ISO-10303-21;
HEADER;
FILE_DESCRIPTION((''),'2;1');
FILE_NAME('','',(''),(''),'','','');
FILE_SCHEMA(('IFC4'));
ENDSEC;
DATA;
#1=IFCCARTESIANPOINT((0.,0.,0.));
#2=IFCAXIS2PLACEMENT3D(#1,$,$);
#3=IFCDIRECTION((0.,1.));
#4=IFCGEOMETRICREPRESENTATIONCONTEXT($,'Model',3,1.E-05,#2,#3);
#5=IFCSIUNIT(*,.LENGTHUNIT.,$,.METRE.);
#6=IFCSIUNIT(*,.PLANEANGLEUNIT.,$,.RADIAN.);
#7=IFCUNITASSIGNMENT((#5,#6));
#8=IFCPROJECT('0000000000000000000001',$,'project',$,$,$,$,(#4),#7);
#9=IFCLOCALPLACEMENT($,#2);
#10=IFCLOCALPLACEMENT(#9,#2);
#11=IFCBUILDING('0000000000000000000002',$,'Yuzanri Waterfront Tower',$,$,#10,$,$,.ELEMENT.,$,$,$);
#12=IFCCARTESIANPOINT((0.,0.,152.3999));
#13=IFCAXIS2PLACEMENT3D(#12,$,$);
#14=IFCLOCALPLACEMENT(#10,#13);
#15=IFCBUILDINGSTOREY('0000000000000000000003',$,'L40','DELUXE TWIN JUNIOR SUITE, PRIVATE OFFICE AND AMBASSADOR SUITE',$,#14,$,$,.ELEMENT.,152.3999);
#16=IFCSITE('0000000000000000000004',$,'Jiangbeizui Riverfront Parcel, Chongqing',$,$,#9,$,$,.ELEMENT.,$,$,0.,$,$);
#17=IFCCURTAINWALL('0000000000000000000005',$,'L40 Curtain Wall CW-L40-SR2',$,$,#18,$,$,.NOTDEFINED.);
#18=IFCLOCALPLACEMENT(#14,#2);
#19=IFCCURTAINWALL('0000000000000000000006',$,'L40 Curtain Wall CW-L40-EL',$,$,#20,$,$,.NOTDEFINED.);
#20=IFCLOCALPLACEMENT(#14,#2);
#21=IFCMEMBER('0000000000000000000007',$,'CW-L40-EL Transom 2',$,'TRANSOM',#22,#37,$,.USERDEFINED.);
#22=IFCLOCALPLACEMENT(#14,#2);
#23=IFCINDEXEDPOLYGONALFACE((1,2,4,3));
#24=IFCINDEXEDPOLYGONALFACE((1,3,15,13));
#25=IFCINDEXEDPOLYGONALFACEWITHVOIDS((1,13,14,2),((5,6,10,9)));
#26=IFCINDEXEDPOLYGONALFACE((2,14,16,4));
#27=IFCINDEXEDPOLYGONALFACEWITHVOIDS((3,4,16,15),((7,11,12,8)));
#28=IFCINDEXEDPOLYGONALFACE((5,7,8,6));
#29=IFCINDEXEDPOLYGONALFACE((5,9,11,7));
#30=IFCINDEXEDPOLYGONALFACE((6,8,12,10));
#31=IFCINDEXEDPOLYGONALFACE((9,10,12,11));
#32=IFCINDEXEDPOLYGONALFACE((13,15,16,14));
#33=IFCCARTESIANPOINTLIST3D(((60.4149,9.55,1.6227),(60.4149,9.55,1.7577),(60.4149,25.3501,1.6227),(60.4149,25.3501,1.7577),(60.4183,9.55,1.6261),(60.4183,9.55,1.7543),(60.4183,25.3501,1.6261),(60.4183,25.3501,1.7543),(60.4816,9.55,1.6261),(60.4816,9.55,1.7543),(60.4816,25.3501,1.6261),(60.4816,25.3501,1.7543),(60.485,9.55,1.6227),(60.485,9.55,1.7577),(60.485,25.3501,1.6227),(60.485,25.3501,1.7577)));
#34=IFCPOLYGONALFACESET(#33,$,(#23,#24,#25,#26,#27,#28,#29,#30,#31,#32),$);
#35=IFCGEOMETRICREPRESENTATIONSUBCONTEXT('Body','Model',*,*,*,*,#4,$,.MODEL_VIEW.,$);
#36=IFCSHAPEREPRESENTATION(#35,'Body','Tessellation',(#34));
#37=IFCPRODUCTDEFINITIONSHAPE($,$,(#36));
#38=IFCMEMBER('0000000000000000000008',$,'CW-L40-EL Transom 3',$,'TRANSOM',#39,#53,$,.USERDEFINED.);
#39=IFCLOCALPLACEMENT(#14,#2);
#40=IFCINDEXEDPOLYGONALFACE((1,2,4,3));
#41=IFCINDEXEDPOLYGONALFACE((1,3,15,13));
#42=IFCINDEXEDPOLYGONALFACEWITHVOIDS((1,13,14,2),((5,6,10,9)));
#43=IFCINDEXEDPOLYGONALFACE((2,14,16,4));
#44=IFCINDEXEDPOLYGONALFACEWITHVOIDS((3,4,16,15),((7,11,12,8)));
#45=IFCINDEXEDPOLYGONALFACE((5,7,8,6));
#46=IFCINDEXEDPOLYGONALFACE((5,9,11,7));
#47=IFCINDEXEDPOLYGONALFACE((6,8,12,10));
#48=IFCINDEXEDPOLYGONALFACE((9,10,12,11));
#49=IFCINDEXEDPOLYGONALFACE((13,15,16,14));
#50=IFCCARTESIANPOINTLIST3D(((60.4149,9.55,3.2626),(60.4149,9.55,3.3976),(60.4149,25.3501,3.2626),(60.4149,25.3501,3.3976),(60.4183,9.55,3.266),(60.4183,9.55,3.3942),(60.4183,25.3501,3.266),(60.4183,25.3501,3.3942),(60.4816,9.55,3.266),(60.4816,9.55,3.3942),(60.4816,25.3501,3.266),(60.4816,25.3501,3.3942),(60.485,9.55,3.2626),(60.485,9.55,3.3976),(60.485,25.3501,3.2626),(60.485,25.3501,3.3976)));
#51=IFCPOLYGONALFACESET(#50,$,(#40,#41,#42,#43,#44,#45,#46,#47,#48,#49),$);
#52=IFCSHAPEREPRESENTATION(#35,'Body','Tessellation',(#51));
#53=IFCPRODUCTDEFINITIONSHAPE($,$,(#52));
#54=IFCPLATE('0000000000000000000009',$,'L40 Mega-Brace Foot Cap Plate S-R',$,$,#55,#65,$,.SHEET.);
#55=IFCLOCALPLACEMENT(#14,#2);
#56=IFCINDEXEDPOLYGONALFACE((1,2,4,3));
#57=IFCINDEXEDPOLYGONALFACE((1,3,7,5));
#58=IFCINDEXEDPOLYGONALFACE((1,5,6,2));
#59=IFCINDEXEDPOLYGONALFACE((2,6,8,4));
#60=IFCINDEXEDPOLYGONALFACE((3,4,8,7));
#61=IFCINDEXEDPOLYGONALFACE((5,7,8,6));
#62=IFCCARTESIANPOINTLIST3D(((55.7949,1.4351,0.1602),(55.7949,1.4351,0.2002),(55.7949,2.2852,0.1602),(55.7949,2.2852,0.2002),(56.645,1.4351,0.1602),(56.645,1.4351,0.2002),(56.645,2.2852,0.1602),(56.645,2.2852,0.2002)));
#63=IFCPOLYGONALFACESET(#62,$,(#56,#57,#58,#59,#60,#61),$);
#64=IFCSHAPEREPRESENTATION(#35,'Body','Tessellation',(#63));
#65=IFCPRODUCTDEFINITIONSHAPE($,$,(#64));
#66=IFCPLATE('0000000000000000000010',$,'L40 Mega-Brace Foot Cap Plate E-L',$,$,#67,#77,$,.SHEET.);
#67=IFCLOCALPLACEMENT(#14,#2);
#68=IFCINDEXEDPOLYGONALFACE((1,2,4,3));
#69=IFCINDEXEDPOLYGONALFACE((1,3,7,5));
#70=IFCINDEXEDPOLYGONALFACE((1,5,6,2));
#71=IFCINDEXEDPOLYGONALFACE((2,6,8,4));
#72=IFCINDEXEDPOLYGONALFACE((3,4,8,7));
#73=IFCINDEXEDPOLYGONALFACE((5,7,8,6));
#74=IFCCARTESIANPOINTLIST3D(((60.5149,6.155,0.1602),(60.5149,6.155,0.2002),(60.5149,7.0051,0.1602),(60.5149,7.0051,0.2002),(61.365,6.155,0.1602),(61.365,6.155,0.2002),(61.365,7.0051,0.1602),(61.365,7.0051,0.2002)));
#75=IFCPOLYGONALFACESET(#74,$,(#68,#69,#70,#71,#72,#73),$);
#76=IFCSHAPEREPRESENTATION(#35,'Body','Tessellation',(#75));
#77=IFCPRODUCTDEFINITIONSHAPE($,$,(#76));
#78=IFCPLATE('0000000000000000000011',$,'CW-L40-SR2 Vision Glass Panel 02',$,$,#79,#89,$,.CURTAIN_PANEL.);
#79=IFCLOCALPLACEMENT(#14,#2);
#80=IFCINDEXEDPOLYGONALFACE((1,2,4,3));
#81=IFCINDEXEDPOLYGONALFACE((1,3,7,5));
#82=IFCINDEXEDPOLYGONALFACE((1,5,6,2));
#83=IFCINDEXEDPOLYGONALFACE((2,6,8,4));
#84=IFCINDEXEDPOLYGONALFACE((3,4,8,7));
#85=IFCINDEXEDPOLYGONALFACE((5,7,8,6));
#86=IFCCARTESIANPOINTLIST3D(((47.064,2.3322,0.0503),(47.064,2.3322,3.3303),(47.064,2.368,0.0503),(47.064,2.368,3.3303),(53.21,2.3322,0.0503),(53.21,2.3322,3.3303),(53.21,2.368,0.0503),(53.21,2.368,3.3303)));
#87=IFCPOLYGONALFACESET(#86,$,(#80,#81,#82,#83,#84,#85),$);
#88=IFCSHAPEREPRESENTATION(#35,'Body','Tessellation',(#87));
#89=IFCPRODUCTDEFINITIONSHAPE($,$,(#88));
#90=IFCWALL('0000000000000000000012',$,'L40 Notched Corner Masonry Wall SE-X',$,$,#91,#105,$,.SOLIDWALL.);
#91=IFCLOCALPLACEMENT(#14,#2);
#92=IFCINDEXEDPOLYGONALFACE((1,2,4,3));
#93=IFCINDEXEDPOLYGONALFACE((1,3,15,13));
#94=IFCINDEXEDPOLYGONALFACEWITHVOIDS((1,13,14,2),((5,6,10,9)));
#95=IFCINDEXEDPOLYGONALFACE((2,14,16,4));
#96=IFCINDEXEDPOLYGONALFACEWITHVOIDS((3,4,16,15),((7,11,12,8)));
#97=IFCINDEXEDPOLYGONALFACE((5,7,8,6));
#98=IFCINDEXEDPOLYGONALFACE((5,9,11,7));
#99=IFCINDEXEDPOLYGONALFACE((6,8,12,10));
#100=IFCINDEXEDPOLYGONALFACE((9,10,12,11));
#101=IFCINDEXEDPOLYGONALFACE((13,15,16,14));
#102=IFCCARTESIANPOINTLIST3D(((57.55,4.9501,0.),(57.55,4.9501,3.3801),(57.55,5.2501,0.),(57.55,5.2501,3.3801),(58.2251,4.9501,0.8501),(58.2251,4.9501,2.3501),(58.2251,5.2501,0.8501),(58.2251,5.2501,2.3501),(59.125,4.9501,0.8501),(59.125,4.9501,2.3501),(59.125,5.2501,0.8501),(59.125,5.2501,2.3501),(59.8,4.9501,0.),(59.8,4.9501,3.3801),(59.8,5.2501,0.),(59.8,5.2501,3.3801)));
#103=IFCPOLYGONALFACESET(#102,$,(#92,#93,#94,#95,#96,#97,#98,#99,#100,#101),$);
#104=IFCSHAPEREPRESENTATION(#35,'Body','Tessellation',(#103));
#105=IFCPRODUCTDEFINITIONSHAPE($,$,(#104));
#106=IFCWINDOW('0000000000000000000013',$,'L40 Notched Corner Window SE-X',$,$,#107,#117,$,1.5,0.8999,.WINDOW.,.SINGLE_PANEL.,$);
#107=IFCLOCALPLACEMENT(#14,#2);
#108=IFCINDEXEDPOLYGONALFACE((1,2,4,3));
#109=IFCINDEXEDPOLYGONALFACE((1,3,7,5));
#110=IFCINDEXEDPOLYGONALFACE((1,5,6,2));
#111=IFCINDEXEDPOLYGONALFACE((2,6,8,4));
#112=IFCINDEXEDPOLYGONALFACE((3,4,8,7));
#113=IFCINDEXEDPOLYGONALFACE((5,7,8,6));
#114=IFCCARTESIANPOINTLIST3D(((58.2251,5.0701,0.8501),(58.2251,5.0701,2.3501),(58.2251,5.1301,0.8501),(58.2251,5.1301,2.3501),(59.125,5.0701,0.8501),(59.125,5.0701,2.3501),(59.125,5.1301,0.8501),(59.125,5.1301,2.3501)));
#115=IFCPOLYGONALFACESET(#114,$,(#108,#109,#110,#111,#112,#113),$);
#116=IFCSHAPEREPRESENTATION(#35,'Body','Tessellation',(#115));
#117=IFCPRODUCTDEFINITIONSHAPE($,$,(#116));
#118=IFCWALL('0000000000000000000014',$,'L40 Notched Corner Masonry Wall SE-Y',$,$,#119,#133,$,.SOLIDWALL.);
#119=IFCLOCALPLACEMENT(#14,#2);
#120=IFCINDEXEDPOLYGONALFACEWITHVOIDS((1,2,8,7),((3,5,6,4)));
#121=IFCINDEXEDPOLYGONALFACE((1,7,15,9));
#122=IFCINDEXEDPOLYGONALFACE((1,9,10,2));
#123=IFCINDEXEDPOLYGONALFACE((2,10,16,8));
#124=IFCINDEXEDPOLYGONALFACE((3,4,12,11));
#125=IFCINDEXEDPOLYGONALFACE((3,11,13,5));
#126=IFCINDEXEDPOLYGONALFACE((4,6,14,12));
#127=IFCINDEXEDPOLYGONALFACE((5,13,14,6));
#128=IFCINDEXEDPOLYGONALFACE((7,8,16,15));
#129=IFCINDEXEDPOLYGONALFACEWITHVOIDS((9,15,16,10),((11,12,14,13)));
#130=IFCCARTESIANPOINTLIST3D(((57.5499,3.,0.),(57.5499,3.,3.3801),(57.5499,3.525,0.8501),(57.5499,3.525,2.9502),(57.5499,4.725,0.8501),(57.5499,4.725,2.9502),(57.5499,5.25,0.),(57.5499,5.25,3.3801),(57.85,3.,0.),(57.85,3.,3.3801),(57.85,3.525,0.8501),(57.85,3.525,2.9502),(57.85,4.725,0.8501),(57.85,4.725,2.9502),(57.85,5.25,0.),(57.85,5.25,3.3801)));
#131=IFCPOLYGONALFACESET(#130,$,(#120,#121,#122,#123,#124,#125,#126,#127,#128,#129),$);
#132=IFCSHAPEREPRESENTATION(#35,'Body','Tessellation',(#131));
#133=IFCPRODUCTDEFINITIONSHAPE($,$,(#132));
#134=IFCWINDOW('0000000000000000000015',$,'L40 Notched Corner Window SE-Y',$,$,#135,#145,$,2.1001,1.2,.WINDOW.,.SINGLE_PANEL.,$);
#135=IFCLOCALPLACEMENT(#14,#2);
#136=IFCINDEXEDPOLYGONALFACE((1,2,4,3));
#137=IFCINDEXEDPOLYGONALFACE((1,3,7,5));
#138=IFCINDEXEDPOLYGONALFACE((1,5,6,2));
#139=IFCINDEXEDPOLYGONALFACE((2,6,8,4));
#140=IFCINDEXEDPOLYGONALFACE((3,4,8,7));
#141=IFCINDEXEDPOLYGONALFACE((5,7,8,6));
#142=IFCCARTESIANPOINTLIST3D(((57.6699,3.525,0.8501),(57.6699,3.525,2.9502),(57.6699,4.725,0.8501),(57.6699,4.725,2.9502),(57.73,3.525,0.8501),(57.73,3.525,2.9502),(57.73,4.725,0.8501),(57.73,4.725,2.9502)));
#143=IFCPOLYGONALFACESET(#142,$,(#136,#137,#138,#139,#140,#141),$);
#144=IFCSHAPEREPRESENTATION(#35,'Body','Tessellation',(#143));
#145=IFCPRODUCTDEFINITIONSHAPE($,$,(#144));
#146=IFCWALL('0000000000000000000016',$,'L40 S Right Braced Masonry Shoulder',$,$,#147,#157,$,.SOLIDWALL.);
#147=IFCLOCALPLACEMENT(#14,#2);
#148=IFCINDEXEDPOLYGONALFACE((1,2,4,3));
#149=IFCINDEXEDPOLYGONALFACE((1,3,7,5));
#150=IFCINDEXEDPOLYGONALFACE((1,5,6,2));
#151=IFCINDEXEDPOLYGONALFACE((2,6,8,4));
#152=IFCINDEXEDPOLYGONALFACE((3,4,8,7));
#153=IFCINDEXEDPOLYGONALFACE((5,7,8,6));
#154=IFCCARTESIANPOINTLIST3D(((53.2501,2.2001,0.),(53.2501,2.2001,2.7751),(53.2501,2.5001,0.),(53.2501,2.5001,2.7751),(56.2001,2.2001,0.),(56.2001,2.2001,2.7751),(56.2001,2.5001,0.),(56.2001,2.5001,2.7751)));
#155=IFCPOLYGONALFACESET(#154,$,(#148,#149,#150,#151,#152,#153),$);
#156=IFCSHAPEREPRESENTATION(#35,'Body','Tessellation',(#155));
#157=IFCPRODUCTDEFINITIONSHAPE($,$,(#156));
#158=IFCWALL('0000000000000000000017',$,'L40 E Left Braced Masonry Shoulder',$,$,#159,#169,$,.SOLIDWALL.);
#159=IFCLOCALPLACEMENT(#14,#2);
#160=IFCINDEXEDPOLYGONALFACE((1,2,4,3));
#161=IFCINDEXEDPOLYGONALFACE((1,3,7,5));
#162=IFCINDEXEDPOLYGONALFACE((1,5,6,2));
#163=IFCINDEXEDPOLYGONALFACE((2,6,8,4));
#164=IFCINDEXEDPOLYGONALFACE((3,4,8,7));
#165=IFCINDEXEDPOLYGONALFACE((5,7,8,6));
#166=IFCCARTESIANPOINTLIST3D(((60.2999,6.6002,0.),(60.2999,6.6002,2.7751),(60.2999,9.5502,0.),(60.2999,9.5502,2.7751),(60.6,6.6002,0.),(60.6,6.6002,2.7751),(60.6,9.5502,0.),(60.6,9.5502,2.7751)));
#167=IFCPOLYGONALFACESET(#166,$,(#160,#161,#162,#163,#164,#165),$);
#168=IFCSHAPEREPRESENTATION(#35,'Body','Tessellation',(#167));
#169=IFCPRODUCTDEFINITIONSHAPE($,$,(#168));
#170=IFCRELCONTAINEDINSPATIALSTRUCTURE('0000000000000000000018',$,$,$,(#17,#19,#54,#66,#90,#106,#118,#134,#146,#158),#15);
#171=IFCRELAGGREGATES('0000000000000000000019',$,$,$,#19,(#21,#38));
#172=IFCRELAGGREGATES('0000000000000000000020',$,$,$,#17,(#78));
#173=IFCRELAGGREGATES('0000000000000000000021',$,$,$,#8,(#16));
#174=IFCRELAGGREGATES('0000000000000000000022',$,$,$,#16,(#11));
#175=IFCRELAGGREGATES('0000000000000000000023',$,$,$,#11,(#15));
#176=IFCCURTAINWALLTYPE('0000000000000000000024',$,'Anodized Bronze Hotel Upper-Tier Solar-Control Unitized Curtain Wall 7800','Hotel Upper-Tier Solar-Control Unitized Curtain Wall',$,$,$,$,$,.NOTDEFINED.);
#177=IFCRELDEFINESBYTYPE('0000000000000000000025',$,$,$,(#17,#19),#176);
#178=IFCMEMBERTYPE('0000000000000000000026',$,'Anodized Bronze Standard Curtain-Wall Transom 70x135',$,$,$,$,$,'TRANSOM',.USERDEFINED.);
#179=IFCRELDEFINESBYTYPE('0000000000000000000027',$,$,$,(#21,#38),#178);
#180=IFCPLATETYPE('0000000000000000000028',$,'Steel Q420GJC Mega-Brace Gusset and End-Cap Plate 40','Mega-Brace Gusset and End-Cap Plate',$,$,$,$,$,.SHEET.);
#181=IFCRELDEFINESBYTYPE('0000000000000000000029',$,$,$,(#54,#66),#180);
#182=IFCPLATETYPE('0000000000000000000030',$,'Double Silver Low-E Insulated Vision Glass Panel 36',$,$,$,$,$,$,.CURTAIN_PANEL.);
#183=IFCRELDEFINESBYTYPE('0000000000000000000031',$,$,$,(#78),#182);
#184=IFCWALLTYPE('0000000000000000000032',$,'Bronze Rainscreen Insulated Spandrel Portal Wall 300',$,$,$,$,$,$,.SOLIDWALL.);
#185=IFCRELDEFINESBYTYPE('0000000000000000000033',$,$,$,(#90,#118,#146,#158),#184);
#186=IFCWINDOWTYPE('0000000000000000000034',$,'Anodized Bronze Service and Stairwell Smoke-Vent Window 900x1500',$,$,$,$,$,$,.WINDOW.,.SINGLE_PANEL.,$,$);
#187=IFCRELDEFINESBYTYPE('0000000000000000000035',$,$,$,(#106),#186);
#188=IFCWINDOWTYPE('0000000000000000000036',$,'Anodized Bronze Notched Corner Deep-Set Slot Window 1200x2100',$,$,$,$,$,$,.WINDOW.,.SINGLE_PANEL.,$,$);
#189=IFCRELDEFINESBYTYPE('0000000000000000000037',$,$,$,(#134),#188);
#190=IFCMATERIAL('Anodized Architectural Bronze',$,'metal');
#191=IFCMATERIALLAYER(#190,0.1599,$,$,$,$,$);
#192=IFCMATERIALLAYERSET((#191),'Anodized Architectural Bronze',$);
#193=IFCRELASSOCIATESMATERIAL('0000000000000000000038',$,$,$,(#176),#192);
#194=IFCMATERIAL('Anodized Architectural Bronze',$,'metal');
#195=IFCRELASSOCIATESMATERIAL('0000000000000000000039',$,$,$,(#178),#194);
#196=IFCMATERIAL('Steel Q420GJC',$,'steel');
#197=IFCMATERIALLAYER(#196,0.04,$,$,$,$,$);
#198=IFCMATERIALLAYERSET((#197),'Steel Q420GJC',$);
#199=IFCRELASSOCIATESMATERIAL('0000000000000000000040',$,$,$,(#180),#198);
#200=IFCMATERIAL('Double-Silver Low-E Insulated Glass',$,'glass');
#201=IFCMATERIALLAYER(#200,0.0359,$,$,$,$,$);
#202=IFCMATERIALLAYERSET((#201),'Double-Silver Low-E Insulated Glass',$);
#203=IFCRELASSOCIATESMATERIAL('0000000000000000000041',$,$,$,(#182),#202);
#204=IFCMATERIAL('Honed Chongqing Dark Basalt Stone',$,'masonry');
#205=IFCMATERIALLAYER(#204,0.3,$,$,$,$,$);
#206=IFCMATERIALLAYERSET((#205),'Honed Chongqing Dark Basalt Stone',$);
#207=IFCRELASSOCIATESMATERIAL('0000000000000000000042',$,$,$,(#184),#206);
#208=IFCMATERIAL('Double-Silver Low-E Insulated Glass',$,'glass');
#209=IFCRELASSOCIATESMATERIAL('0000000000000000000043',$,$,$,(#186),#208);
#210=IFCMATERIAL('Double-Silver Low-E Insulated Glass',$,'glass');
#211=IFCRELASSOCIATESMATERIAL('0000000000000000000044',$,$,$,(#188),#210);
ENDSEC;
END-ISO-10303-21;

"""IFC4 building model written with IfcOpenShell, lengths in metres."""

from ifc_helpers import new_model, si_unit, direction, frame, frame_2d, origin, origin_2d, place, context, subcontext, project, spatial, rectangle, hollow_rectangle, extrude, source, transform, mapped, material, layer, layer_set, material_profile, profile_set, type_object, element, fill, aggregate, save


model = new_model("IFC4")

# Units and contexts
model_context = context("Model", 3, precision=1e-05, world=origin(), true_north=direction((0.0, 1.0)))
body_context = subcontext(model_context, "Body", "Model", "MODEL_VIEW")
ifc_project = project(units=[si_unit("LENGTHUNIT", "METRE"), si_unit("PLANEANGLEUNIT", "RADIAN")], contexts=[model_context])

# Site, building, storey
site_placement = place(None, origin())
site = spatial("IfcSite", under=ifc_project, at=site_placement, Name="Jiangbeizui Riverfront Parcel, Chongqing", CompositionType="ELEMENT", RefElevation=0.0)
building_placement = place(site_placement, origin())
building = spatial("IfcBuilding", under=site, at=building_placement, Name="Yuzanri Waterfront Tower", CompositionType="ELEMENT")
storey_placement = place(building_placement, frame((0.0, 0.0, 152.3999)))
storey = spatial("IfcBuildingStorey", under=building, at=storey_placement, Name="L40", Description="DELUXE TWIN JUNIOR SUITE, PRIVATE OFFICE AND AMBASSADOR SUITE", CompositionType="ELEMENT", Elevation=152.3999)

# Curtain walls, members
ifc_material_1 = material(Name="Anodized Architectural Bronze", Category="metal")
ifc_layer_1 = layer(ifc_material_1, 0.1599)
ifc_layer_set_1 = layer_set([ifc_layer_1], Name="Anodized Architectural Bronze")
curtain_wall_type = type_object("IfcCurtainWallType", Name="Anodized Bronze Hotel Upper-Tier Solar-Control Unitized Curtain Wall 7800", Description="Hotel Upper-Tier Solar-Control Unitized Curtain Wall", PredefinedType="NOTDEFINED", material=ifc_layer_set_1)
curtain_wall_1_placement = place(storey_placement, origin())
curtain_wall_1 = element("IfcCurtainWall", 1, at=curtain_wall_1_placement, inside=storey, type_object=curtain_wall_type, Name="L40 Curtain Wall CW-L40-SR2", PredefinedType="NOTDEFINED")
curtain_wall_2_placement = place(storey_placement, origin())
curtain_wall_2 = element("IfcCurtainWall", 2, at=curtain_wall_2_placement, inside=storey, type_object=curtain_wall_type, Name="L40 Curtain Wall CW-L40-EL", PredefinedType="NOTDEFINED")
ifc_material_2 = material(Name="Anodized Architectural Bronze", Category="metal")
ifc_material_profile_1 = material_profile(ifc_material_2, hollow_rectangle(XDim=0.0701, YDim=0.135, WallThickness=0.0034, at=origin_2d()), Name="CWT 70x135")
ifc_profile_set_1 = profile_set([ifc_material_profile_1], Name="Anodized Architectural Bronze")
member_type_1 = type_object("IfcMemberType", Name="Anodized Bronze Standard Curtain-Wall Transom 70x135", ElementType="TRANSOM", PredefinedType="USERDEFINED", material=ifc_profile_set_1)
shared_shape_1 = source(origin(), body_context, "Body", "SweptSolid", [
    extrude(hollow_rectangle(XDim=0.0701, YDim=0.135, WallThickness=0.0034, at=origin_2d()), origin(), (0.0, 0.0, 1.0), 15.8),
])
member_1_placement = place(storey_placement, frame((60.45, 9.55, 1.6902), z_axis=(0.0, 1.0, 0.0), x_axis=(-1.0, 0.0, 0.0)))
member_1 = element("IfcMember", 3, at=member_1_placement, type_object=member_type_1, Name="CW-L40-EL Transom 2", ObjectType="TRANSOM", PredefinedType="USERDEFINED", context=body_context, shape_type="MappedRepresentation", body=[
    mapped(shared_shape_1, transform((0.0, 0.0, 0.0), scale=1.0)),
])
member_2_placement = place(storey_placement, frame((60.45, 9.55, 3.3301), z_axis=(0.0, 1.0, 0.0), x_axis=(-1.0, 0.0, 0.0)))
member_2 = element("IfcMember", 4, at=member_2_placement, type_object=member_type_1, Name="CW-L40-EL Transom 3", ObjectType="TRANSOM", PredefinedType="USERDEFINED", context=body_context, shape_type="MappedRepresentation", body=[
    mapped(shared_shape_1, transform((0.0, 0.0, 0.0), scale=1.0)),
])
aggregate(curtain_wall_2, [member_1, member_2])

# Plates
ifc_material_3 = material(Name="Steel Q420GJC", Category="steel")
ifc_layer_2 = layer(ifc_material_3, 0.04)
ifc_layer_set_2 = layer_set([ifc_layer_2], Name="Steel Q420GJC")
plate_type_1 = type_object("IfcPlateType", Name="Steel Q420GJC Mega-Brace Gusset and End-Cap Plate 40", Description="Mega-Brace Gusset and End-Cap Plate", PredefinedType="SHEET", material=ifc_layer_set_2)
shared_shape_2 = source(origin(), body_context, "Body", "SweptSolid", [
    extrude(rectangle(XDim=0.8501, YDim=0.8501, at=origin_2d()), origin(), (0.0, 0.0, 1.0), 0.04),
])
for number, where, z_axis, x_axis, name in (
    (5, (56.22, 1.8601, 0.1602), (0.0, 0.0, 1.0), (1.0, 0.0, 0.0), "L40 Mega-Brace Foot Cap Plate S-R"),
    (6, (60.9399, 6.5801, 0.1602), (0.0, 0.0, 1.0), (1.0, 0.0, 0.0), "L40 Mega-Brace Foot Cap Plate E-L"),
):
    element("IfcPlate", number, at=place(storey_placement, frame(where, z_axis=z_axis, x_axis=x_axis)), inside=storey, type_object=plate_type_1, Name=name, PredefinedType="SHEET", context=body_context, shape_type="MappedRepresentation", body=[
        mapped(shared_shape_2, transform((0.0, 0.0, 0.0), scale=1.0)),
    ])

# Plate
ifc_material_4 = material(Name="Double-Silver Low-E Insulated Glass", Category="glass")
ifc_layer_3 = layer(ifc_material_4, 0.0359)
ifc_layer_set_3 = layer_set([ifc_layer_3], Name="Double-Silver Low-E Insulated Glass")
plate_type_2 = type_object("IfcPlateType", Name="Double Silver Low-E Insulated Vision Glass Panel 36", PredefinedType="CURTAIN_PANEL", material=ifc_layer_set_3)
shared_shape_3 = source(origin(), body_context, "Body", "SweptSolid", [
    extrude(rectangle(XDim=6.146, YDim=0.0359, at=origin_2d()), origin(), (0.0, 0.0, 1.0), 3.28),
])
plate_placement = place(storey_placement, frame((50.137, 2.3501, 0.0503), z_axis=(0.0, 0.0, 1.0), x_axis=(1.0, 0.0, 0.0)))
plate = element("IfcPlate", 7, at=plate_placement, type_object=plate_type_2, Name="CW-L40-SR2 Vision Glass Panel 02", PredefinedType="CURTAIN_PANEL", context=body_context, shape_type="MappedRepresentation", body=[
    mapped(shared_shape_3, transform((0.0, 0.0, 0.0), scale=1.0)),
])
aggregate(curtain_wall_1, [plate])

# Walls, openings, windows
ifc_material_5 = material(Name="Honed Chongqing Dark Basalt Stone", Category="masonry")
ifc_layer_4 = layer(ifc_material_5, 0.3)
ifc_layer_set_4 = layer_set([ifc_layer_4], Name="Honed Chongqing Dark Basalt Stone")
wall_type_1 = type_object("IfcWallType", Name="Bronze Rainscreen Insulated Spandrel Portal Wall 300", PredefinedType="SOLIDWALL", material=ifc_layer_set_4)
wall_1_placement = place(storey_placement, frame((57.55, 5.1001, 0.0), z_axis=(0.0, 0.0, 1.0), x_axis=(1.0, 0.0, 0.0)))
wall_1 = element("IfcWall", 8, at=wall_1_placement, inside=storey, type_object=wall_type_1, Name="L40 Notched Corner Masonry Wall SE-X", PredefinedType="SOLIDWALL", context=body_context, shape_type="SweptSolid", body=[
    extrude(rectangle(XDim=2.25, YDim=0.3, at=frame_2d((1.125, 0.0))), origin(), (0.0, 0.0, 1.0), 3.3801),
])
opening_1_placement = place(wall_1_placement, frame((0.675, 0.0, 0.8501)))
opening_1 = element("IfcOpeningElement", 9, at=opening_1_placement, cuts=wall_1, PredefinedType="OPENING", context=body_context, shape_type="SweptSolid", body=[
    extrude(rectangle(XDim=0.8999, YDim=1.5, at=frame_2d((0.45, 0.75))), frame((0.0, 0.165, 0.0), z_axis=(0.0, -1.0, 0.0), x_axis=(1.0, 0.0, 0.0)), (0.0, 0.0, 1.0), 0.3298),
])
ifc_material_6 = material(Name="Double-Silver Low-E Insulated Glass", Category="glass")
window_type_1 = type_object("IfcWindowType", Name="Anodized Bronze Service and Stairwell Smoke-Vent Window 900x1500", PartitioningType="SINGLE_PANEL", PredefinedType="WINDOW", material=ifc_material_6)
shared_shape_4 = source(origin(), body_context, "Body", "SweptSolid", [
    extrude(rectangle(XDim=0.8999, YDim=1.5, at=frame_2d((0.45, 0.75))), frame((0.0, 0.03, 0.0), z_axis=(0.0, -1.0, 0.0), x_axis=(1.0, 0.0, 0.0)), (0.0, 0.0, 1.0), 0.0601),
])
window_1_placement = place(opening_1_placement, origin())
window_1 = element("IfcWindow", 10, at=window_1_placement, inside=storey, type_object=window_type_1, Name="L40 Notched Corner Window SE-X", OverallHeight=1.5, OverallWidth=0.8999, PartitioningType="SINGLE_PANEL", PredefinedType="WINDOW", context=body_context, shape_type="MappedRepresentation", body=[
    mapped(shared_shape_4, transform((0.0, 0.0, 0.0), scale=1.0)),
])
fill(opening_1, window_1)
wall_2_placement = place(storey_placement, frame((57.7, 3.0, 0.0), z_axis=(0.0, 0.0, 1.0), x_axis=(0.0, 1.0, 0.0)))
wall_2 = element("IfcWall", 11, at=wall_2_placement, inside=storey, type_object=wall_type_1, Name="L40 Notched Corner Masonry Wall SE-Y", PredefinedType="SOLIDWALL", context=body_context, shape_type="SweptSolid", body=[
    extrude(rectangle(XDim=2.25, YDim=0.3, at=frame_2d((1.125, 0.0))), origin(), (0.0, 0.0, 1.0), 3.3801),
])
opening_2_placement = place(wall_2_placement, frame((0.5249, 0.0, 0.8501)))
opening_2 = element("IfcOpeningElement", 12, at=opening_2_placement, cuts=wall_2, PredefinedType="OPENING", context=body_context, shape_type="SweptSolid", body=[
    extrude(rectangle(XDim=1.2, YDim=2.1001, at=frame_2d((0.6001, 1.05))), frame((0.0, 0.165, 0.0), z_axis=(0.0, -1.0, 0.0), x_axis=(1.0, 0.0, 0.0)), (0.0, 0.0, 1.0), 0.3298),
])
ifc_material_7 = material(Name="Double-Silver Low-E Insulated Glass", Category="glass")
window_type_2 = type_object("IfcWindowType", Name="Anodized Bronze Notched Corner Deep-Set Slot Window 1200x2100", PartitioningType="SINGLE_PANEL", PredefinedType="WINDOW", material=ifc_material_7)
shared_shape_5 = source(origin(), body_context, "Body", "SweptSolid", [
    extrude(rectangle(XDim=1.2, YDim=2.1001, at=frame_2d((0.6001, 1.05))), frame((0.0, 0.03, 0.0), z_axis=(0.0, -1.0, 0.0), x_axis=(1.0, 0.0, 0.0)), (0.0, 0.0, 1.0), 0.0601),
])
window_2_placement = place(opening_2_placement, origin())
window_2 = element("IfcWindow", 13, at=window_2_placement, inside=storey, type_object=window_type_2, Name="L40 Notched Corner Window SE-Y", OverallHeight=2.1001, OverallWidth=1.2, PartitioningType="SINGLE_PANEL", PredefinedType="WINDOW", context=body_context, shape_type="MappedRepresentation", body=[
    mapped(shared_shape_5, transform((0.0, 0.0, 0.0), scale=1.0)),
])
fill(opening_2, window_2)

# Walls
shared_shape_6 = source(origin(), body_context, "Body", "SweptSolid", [
    extrude(rectangle(XDim=2.95, YDim=0.3, at=frame_2d((1.4751, 0.0))), origin(), (0.0, 0.0, 1.0), 2.7751),
])
for number, where, z_axis, x_axis, name in (
    (14, (53.25, 2.3501, 0.0), (0.0, 0.0, 1.0), (1.0, 0.0, 0.0), "L40 S Right Braced Masonry Shoulder"),
    (15, (60.45, 6.6001, 0.0), (0.0, 0.0, 1.0), (0.0, 1.0, 0.0), "L40 E Left Braced Masonry Shoulder"),
):
    element("IfcWall", number, at=place(storey_placement, frame(where, z_axis=z_axis, x_axis=x_axis)), inside=storey, type_object=wall_type_1, Name=name, PredefinedType="SOLIDWALL", context=body_context, shape_type="MappedRepresentation", body=[
        mapped(shared_shape_6, transform((0.0, 0.0, 0.0), scale=1.0)),
    ])

save(model, "model.ifc")
